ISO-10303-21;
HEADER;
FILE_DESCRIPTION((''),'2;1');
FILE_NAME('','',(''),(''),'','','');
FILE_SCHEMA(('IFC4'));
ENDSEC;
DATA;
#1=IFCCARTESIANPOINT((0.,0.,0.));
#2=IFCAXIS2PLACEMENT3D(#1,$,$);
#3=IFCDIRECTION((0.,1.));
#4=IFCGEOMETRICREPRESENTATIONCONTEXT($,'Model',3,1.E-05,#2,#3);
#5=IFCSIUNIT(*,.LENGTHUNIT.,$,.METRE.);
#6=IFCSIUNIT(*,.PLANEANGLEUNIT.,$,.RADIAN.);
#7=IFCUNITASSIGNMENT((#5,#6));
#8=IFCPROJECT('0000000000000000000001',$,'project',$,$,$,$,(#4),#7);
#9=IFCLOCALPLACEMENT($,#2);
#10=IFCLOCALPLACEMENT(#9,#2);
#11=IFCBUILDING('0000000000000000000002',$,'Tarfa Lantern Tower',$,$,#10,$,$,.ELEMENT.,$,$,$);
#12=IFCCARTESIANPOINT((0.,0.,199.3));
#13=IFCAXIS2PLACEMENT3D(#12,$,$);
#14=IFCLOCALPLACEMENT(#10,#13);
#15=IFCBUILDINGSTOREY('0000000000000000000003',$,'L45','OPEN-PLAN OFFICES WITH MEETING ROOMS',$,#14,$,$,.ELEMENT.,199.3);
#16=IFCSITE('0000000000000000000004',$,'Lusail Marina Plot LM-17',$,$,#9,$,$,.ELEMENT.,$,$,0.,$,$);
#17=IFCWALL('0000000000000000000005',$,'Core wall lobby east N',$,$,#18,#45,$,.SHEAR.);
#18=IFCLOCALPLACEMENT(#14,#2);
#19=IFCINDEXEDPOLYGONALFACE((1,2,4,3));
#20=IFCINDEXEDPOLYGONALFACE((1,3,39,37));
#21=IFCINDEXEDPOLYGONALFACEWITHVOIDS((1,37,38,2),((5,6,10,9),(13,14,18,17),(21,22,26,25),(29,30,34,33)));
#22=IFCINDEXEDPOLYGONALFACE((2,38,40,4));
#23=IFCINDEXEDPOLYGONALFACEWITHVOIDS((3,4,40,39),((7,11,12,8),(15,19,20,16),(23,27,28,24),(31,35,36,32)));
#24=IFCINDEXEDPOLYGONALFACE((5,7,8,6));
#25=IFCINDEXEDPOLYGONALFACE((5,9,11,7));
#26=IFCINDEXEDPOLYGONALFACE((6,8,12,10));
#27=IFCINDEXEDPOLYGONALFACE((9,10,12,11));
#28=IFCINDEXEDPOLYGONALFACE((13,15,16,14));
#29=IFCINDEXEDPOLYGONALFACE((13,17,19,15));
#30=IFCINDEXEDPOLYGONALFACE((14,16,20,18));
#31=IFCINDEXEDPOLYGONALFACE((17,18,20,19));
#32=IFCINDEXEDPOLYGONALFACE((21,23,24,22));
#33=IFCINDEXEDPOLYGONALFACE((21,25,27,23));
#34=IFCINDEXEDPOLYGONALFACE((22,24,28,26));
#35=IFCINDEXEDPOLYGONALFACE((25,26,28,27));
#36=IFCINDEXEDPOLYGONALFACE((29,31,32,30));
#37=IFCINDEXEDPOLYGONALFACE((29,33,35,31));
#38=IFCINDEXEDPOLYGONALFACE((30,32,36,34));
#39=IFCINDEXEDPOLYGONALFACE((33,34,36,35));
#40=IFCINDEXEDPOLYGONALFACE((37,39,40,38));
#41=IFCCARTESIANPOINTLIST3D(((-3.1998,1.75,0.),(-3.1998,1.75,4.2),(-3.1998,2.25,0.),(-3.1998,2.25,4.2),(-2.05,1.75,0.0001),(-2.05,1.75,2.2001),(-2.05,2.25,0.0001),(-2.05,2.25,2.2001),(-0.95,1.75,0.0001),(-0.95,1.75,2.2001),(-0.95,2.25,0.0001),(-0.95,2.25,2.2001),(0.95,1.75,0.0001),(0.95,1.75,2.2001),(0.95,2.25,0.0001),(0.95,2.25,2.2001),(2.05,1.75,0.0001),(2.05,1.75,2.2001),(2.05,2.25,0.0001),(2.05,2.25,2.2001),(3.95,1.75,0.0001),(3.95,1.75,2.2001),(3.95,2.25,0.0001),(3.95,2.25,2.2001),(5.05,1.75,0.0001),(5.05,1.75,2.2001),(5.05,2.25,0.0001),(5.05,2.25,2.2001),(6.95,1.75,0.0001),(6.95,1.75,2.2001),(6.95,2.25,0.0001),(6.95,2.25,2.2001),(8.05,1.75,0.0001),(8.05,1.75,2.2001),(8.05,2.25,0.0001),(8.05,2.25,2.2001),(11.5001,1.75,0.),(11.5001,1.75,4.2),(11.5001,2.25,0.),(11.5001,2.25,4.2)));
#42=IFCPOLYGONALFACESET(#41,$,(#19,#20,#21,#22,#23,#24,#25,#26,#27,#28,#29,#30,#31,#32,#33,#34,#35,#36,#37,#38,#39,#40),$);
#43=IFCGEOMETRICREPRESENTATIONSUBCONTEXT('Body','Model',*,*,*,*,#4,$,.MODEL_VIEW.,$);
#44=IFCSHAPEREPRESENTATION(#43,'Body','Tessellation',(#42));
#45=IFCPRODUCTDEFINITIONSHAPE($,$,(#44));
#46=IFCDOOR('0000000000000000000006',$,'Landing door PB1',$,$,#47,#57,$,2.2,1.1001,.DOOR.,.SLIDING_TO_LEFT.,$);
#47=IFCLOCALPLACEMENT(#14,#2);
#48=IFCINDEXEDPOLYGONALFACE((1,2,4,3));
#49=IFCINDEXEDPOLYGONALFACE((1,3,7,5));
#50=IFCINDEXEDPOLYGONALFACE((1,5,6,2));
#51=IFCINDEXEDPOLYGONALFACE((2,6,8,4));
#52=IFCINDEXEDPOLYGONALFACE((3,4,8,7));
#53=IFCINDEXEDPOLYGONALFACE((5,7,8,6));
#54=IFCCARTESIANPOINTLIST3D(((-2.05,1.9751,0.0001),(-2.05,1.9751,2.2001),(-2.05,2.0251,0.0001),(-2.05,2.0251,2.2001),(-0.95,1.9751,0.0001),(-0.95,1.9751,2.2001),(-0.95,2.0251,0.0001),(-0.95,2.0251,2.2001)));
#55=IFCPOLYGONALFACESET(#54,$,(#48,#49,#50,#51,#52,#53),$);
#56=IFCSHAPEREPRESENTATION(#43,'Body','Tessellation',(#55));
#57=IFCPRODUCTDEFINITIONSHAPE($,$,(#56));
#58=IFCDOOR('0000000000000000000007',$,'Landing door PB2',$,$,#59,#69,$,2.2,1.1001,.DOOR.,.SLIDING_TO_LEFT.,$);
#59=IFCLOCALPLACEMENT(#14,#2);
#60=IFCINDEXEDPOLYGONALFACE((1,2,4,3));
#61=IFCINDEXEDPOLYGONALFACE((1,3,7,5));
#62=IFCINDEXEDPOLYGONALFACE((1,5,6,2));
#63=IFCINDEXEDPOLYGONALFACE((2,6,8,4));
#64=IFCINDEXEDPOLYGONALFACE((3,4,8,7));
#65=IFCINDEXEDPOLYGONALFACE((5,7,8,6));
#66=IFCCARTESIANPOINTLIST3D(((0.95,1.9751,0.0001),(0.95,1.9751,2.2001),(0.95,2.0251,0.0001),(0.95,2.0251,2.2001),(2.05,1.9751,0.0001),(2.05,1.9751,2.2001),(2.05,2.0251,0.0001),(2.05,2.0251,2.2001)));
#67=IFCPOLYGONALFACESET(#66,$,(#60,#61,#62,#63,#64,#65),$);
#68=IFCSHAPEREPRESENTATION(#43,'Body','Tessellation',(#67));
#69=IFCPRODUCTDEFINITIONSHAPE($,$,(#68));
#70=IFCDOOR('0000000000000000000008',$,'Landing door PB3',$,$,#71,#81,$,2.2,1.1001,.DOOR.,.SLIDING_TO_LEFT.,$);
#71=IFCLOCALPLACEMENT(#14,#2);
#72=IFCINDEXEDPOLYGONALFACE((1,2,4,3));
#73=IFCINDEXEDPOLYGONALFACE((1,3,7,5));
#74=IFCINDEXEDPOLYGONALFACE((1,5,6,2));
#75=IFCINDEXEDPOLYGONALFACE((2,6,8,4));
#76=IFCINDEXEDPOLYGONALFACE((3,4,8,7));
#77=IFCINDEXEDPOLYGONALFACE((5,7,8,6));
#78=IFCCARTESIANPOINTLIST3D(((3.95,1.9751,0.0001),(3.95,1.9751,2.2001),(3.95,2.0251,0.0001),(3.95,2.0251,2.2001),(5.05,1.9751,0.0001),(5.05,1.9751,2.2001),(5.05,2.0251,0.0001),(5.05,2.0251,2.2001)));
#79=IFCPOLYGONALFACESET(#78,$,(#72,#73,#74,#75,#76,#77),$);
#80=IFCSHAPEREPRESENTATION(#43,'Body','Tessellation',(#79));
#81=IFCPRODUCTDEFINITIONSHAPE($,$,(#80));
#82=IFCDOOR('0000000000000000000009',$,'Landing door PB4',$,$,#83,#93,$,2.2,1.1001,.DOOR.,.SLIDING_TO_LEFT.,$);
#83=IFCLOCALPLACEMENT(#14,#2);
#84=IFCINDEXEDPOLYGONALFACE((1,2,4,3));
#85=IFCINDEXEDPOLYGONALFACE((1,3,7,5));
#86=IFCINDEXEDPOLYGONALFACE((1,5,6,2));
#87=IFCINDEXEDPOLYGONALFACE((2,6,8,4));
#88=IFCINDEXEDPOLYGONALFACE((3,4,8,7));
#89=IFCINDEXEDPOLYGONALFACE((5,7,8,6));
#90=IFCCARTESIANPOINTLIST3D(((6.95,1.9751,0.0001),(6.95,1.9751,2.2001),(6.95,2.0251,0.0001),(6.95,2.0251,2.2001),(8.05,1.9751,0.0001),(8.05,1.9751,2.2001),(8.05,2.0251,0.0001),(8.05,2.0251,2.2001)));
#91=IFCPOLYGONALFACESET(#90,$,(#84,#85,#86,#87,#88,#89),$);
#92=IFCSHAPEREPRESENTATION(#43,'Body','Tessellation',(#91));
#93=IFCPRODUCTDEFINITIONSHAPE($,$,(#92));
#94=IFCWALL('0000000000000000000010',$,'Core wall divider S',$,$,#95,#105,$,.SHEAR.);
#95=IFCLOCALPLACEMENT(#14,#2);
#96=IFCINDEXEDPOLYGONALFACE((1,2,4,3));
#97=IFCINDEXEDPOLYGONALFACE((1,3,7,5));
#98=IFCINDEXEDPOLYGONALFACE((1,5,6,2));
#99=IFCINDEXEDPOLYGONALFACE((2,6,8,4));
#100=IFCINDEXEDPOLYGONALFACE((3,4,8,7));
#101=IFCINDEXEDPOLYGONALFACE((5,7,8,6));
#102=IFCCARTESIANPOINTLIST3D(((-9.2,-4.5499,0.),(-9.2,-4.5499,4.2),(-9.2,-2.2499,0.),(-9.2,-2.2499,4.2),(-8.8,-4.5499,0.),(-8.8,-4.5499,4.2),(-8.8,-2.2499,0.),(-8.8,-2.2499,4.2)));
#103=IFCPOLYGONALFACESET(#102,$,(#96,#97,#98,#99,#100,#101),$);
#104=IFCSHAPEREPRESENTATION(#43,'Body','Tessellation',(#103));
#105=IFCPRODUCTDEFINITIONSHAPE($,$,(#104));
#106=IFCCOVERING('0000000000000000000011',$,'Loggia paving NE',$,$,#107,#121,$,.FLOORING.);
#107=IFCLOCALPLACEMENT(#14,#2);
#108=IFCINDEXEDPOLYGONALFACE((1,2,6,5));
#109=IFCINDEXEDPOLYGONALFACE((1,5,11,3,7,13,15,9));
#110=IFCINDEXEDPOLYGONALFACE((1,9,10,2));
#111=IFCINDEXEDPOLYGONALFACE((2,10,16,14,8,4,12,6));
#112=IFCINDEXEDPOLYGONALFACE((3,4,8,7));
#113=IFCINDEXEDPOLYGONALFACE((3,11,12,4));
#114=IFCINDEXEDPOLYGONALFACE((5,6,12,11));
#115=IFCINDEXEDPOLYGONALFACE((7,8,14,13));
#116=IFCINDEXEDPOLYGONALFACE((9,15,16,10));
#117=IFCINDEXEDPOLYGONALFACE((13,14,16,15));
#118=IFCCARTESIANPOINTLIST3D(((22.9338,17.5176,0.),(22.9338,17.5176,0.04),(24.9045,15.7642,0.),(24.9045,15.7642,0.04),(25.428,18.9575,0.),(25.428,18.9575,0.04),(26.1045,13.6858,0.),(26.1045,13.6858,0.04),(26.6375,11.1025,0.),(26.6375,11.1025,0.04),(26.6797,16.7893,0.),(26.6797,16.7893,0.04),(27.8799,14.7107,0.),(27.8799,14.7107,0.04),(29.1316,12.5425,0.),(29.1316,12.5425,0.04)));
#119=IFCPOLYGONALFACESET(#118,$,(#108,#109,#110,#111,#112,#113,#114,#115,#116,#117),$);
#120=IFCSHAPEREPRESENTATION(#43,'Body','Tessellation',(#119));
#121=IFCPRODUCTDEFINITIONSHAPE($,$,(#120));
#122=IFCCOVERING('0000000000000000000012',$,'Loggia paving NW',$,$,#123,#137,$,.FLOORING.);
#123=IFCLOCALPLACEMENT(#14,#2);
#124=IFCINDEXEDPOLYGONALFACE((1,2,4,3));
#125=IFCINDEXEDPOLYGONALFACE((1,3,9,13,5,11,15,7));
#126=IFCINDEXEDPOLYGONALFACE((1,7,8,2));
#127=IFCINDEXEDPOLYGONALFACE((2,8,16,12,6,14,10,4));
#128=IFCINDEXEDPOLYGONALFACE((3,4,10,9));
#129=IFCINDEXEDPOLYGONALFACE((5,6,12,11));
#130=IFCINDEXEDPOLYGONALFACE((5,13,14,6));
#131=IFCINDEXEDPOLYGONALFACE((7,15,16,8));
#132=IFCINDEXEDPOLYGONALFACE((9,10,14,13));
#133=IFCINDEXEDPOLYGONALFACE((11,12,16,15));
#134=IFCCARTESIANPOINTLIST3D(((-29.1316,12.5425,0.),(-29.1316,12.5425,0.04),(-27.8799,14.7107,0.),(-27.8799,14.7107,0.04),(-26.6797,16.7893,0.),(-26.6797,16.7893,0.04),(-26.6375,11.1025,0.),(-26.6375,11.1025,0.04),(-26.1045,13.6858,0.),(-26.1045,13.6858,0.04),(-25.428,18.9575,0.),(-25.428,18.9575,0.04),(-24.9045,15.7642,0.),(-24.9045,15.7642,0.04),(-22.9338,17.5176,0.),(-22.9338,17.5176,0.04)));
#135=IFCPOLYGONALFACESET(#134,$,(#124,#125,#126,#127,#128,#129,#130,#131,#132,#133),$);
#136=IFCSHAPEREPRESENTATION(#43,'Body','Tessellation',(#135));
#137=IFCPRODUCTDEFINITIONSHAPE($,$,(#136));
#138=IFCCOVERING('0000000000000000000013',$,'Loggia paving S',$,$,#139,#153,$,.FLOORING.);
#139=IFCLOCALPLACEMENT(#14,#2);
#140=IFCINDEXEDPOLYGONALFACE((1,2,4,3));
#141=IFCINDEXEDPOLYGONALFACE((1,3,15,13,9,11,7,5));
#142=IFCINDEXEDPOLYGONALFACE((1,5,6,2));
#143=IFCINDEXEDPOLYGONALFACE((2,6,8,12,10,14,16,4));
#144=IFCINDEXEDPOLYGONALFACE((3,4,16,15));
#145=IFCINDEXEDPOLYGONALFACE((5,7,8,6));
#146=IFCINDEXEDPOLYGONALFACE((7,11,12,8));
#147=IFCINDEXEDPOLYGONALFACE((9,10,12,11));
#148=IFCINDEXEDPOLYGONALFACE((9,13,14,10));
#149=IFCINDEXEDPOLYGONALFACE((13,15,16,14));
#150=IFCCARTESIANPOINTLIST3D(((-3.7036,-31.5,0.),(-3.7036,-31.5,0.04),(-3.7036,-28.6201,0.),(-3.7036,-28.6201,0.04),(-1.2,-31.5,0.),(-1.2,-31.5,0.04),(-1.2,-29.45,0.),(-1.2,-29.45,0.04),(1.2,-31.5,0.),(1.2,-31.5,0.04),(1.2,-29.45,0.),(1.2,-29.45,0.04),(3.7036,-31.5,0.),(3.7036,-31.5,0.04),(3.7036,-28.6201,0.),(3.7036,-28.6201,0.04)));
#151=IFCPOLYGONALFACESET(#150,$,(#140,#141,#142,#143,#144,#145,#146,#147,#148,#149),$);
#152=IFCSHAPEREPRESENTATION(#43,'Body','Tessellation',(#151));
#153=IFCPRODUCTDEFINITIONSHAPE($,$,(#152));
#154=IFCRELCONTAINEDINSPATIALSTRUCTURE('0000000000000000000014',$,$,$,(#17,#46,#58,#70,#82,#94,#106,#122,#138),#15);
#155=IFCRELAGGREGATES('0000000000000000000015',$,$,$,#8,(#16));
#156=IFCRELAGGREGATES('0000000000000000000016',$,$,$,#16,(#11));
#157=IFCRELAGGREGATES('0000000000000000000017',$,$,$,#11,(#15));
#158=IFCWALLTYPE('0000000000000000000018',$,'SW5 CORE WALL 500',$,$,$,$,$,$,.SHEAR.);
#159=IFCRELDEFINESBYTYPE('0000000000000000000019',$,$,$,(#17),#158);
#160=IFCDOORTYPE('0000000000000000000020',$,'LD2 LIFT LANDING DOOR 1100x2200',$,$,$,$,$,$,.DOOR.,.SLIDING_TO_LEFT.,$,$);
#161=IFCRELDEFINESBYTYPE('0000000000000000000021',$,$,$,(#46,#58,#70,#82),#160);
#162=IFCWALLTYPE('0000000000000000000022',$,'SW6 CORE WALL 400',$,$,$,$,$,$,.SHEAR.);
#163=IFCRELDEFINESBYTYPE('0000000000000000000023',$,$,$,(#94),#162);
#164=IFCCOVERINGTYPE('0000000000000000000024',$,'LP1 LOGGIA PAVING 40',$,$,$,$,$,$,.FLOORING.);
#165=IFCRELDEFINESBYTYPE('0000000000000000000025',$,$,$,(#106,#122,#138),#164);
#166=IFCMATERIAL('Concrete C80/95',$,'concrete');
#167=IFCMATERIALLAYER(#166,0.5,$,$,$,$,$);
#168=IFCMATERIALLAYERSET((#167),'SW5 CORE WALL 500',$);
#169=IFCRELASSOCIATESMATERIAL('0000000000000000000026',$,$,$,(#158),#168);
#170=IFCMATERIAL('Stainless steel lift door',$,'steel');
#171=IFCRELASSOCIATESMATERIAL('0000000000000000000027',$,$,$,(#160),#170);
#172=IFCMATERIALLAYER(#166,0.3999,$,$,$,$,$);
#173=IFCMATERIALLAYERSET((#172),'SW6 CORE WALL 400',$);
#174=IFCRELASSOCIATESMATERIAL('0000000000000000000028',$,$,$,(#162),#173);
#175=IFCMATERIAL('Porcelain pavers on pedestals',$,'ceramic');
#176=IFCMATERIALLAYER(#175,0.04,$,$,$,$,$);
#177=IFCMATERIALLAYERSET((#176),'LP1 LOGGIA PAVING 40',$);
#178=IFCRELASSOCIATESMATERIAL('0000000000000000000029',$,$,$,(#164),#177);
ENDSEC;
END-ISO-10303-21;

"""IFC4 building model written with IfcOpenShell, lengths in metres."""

from ifc_helpers import new_model, si_unit, direction, frame, frame_2d, origin, place, context, subcontext, project, spatial, polyline, rectangle, outline, extrude, material, layer, layer_set, type_object, element, fill, save


model = new_model("IFC4")

# Units and contexts
model_context = context("Model", 3, precision=1e-05, world=origin(), true_north=direction((0.0, 1.0)))
body_context = subcontext(model_context, "Body", "Model", "MODEL_VIEW")
ifc_project = project(units=[si_unit("LENGTHUNIT", "METRE"), si_unit("PLANEANGLEUNIT", "RADIAN")], contexts=[model_context])

# Site, building, storey
site_placement = place(None, origin())
site = spatial("IfcSite", under=ifc_project, at=site_placement, Name="Lusail Marina Plot LM-17", CompositionType="ELEMENT", RefElevation=0.0)
building_placement = place(site_placement, origin())
building = spatial("IfcBuilding", under=site, at=building_placement, Name="Tarfa Lantern Tower", CompositionType="ELEMENT")
storey_placement = place(building_placement, frame((0.0, 0.0, 199.3)))
storey = spatial("IfcBuildingStorey", under=building, at=storey_placement, Name="L45", Description="OPEN-PLAN OFFICES WITH MEETING ROOMS", CompositionType="ELEMENT", Elevation=199.3)

# Shared definitions
ifc_material_1 = material(Name="Concrete C80/95", Category="concrete")
ifc_layer_1 = layer(ifc_material_1, 0.5)
ifc_layer_set_1 = layer_set([ifc_layer_1], Name="SW5 CORE WALL 500")
wall_type_1 = type_object("IfcWallType", Name="SW5 CORE WALL 500", PredefinedType="SHEAR", material=ifc_layer_set_1)

# Wall, openings, doors
wall_1_placement = place(storey_placement, frame((-3.2, 2.0, 0.0), z_axis=(0.0, 0.0, 1.0), x_axis=(1.0, 0.0, 0.0)))
wall_1 = element("IfcWall", 1, at=wall_1_placement, inside=storey, type_object=wall_type_1, Name="Core wall lobby east N", PredefinedType="SHEAR", context=body_context, shape_type="SweptSolid", body=[
    extrude(rectangle(XDim=14.7, YDim=0.5, at=frame_2d((7.3501, 0.0))), origin(), (0.0, 0.0, 1.0), 4.2),
])
opening_1_placement = place(wall_1_placement, frame((1.1499, 0.0, 0.0)))
opening_1 = element("IfcOpeningElement", 2, at=opening_1_placement, cuts=wall_1, PredefinedType="OPENING", context=body_context, shape_type="SweptSolid", body=[
    extrude(rectangle(XDim=1.1001, YDim=2.2, at=frame_2d((0.55, 1.1001))), frame((0.0, 0.26, 0.0), z_axis=(0.0, -1.0, 0.0), x_axis=(1.0, 0.0, 0.0)), (0.0, 0.0, 1.0), 0.52),
])
opening_2_placement = place(wall_1_placement, frame((4.1499, 0.0, 0.0)))
opening_2 = element("IfcOpeningElement", 3, at=opening_2_placement, cuts=wall_1, PredefinedType="OPENING", context=body_context, shape_type="SweptSolid", body=[
    extrude(rectangle(XDim=1.1001, YDim=2.2, at=frame_2d((0.55, 1.1001))), frame((0.0, 0.26, 0.0), z_axis=(0.0, -1.0, 0.0), x_axis=(1.0, 0.0, 0.0)), (0.0, 0.0, 1.0), 0.52),
])
opening_3_placement = place(wall_1_placement, frame((7.1499, 0.0, 0.0)))
opening_3 = element("IfcOpeningElement", 4, at=opening_3_placement, cuts=wall_1, PredefinedType="OPENING", context=body_context, shape_type="SweptSolid", body=[
    extrude(rectangle(XDim=1.1001, YDim=2.2, at=frame_2d((0.55, 1.1001))), frame((0.0, 0.26, 0.0), z_axis=(0.0, -1.0, 0.0), x_axis=(1.0, 0.0, 0.0)), (0.0, 0.0, 1.0), 0.52),
])
opening_4_placement = place(wall_1_placement, frame((10.1499, 0.0, 0.0)))
opening_4 = element("IfcOpeningElement", 5, at=opening_4_placement, cuts=wall_1, PredefinedType="OPENING", context=body_context, shape_type="SweptSolid", body=[
    extrude(rectangle(XDim=1.1001, YDim=2.2, at=frame_2d((0.55, 1.1001))), frame((0.0, 0.26, 0.0), z_axis=(0.0, -1.0, 0.0), x_axis=(1.0, 0.0, 0.0)), (0.0, 0.0, 1.0), 0.52),
])
ifc_material_2 = material(Name="Stainless steel lift door", Category="steel")
door_type = type_object("IfcDoorType", Name="LD2 LIFT LANDING DOOR 1100x2200", OperationType="SLIDING_TO_LEFT", PredefinedType="DOOR", material=ifc_material_2)
door_1_placement = place(opening_1_placement, frame((1.1001, 0.0, 0.0), z_axis=(0.0, 0.0, 1.0), x_axis=(-1.0, 0.0, 0.0)))
door_1 = element("IfcDoor", 6, at=door_1_placement, inside=storey, type_object=door_type, Name="Landing door PB1", OperationType="SLIDING_TO_LEFT", OverallHeight=2.2, OverallWidth=1.1001, PredefinedType="DOOR", context=body_context, shape_type="SweptSolid", body=[
    extrude(rectangle(XDim=1.1001, YDim=2.2, at=frame_2d((0.55, 1.1001))), frame((0.0, 0.0249, 0.0), z_axis=(0.0, -1.0, 0.0), x_axis=(1.0, 0.0, 0.0)), (0.0, 0.0, 1.0), 0.05),
])
fill(opening_1, door_1)
door_2_placement = place(opening_2_placement, frame((1.1001, 0.0, 0.0), z_axis=(0.0, 0.0, 1.0), x_axis=(-1.0, 0.0, 0.0)))
door_2 = element("IfcDoor", 7, at=door_2_placement, inside=storey, type_object=door_type, Name="Landing door PB2", OperationType="SLIDING_TO_LEFT", OverallHeight=2.2, OverallWidth=1.1001, PredefinedType="DOOR", context=body_context, shape_type="SweptSolid", body=[
    extrude(rectangle(XDim=1.1001, YDim=2.2, at=frame_2d((0.55, 1.1001))), frame((0.0, 0.0249, 0.0), z_axis=(0.0, -1.0, 0.0), x_axis=(1.0, 0.0, 0.0)), (0.0, 0.0, 1.0), 0.05),
])
fill(opening_2, door_2)
door_3_placement = place(opening_3_placement, frame((1.1001, 0.0, 0.0), z_axis=(0.0, 0.0, 1.0), x_axis=(-1.0, 0.0, 0.0)))
door_3 = element("IfcDoor", 8, at=door_3_placement, inside=storey, type_object=door_type, Name="Landing door PB3", OperationType="SLIDING_TO_LEFT", OverallHeight=2.2, OverallWidth=1.1001, PredefinedType="DOOR", context=body_context, shape_type="SweptSolid", body=[
    extrude(rectangle(XDim=1.1001, YDim=2.2, at=frame_2d((0.55, 1.1001))), frame((0.0, 0.0249, 0.0), z_axis=(0.0, -1.0, 0.0), x_axis=(1.0, 0.0, 0.0)), (0.0, 0.0, 1.0), 0.05),
])
fill(opening_3, door_3)
door_4_placement = place(opening_4_placement, frame((1.1001, 0.0, 0.0), z_axis=(0.0, 0.0, 1.0), x_axis=(-1.0, 0.0, 0.0)))
door_4 = element("IfcDoor", 9, at=door_4_placement, inside=storey, type_object=door_type, Name="Landing door PB4", OperationType="SLIDING_TO_LEFT", OverallHeight=2.2, OverallWidth=1.1001, PredefinedType="DOOR", context=body_context, shape_type="SweptSolid", body=[
    extrude(rectangle(XDim=1.1001, YDim=2.2, at=frame_2d((0.55, 1.1001))), frame((0.0, 0.0249, 0.0), z_axis=(0.0, -1.0, 0.0), x_axis=(1.0, 0.0, 0.0)), (0.0, 0.0, 1.0), 0.05),
])
fill(opening_4, door_4)

# Wall
ifc_layer_2 = layer(ifc_material_1, 0.3999)
ifc_layer_set_2 = layer_set([ifc_layer_2], Name="SW6 CORE WALL 400")
wall_type_2 = type_object("IfcWallType", Name="SW6 CORE WALL 400", PredefinedType="SHEAR", material=ifc_layer_set_2)
wall_2_placement = place(storey_placement, frame((-9.0, -2.25, 0.0), z_axis=(0.0, 0.0, 1.0), x_axis=(0.0, -1.0, 0.0)))
element("IfcWall", 10, at=wall_2_placement, inside=storey, type_object=wall_type_2, Name="Core wall divider S", PredefinedType="SHEAR", context=body_context, shape_type="SweptSolid", body=[
    extrude(rectangle(XDim=2.3, YDim=0.3999, at=frame_2d((1.1499, 0.0))), origin(), (0.0, 0.0, 1.0), 4.2),
])

# Coverings
ifc_material_3 = material(Name="Porcelain pavers on pedestals", Category="ceramic")
ifc_layer_3 = layer(ifc_material_3, 0.04)
ifc_layer_set_3 = layer_set([ifc_layer_3], Name="LP1 LOGGIA PAVING 40")
covering_type = type_object("IfcCoveringType", Name="LP1 LOGGIA PAVING 40", PredefinedType="FLOORING", material=ifc_layer_set_3)
covering_1_placement = place(storey_placement, origin())
element("IfcCovering", 11, at=covering_1_placement, inside=storey, type_object=covering_type, Name="Loggia paving NE", PredefinedType="FLOORING", context=body_context, shape_type="SweptSolid", body=[
    extrude(outline(polyline([(29.1316, 12.5425), (26.6375, 11.1025), (22.9338, 17.5176), (25.428, 18.9575), (26.6797, 16.7893), (24.9045, 15.7642), (26.1045, 13.6858), (27.8799, 14.7107), (29.1316, 12.5425)])), origin(), (0.0, 0.0, 1.0), 0.04),
])
covering_2_placement = place(storey_placement, origin())
element("IfcCovering", 12, at=covering_2_placement, inside=storey, type_object=covering_type, Name="Loggia paving NW", PredefinedType="FLOORING", context=body_context, shape_type="SweptSolid", body=[
    extrude(outline(polyline([(-25.428, 18.9575), (-22.9338, 17.5176), (-26.6375, 11.1025), (-29.1316, 12.5425), (-27.8799, 14.7107), (-26.1045, 13.6858), (-24.9045, 15.7642), (-26.6797, 16.7893), (-25.428, 18.9575)])), origin(), (0.0, 0.0, 1.0), 0.04),
])
covering_3_placement = place(storey_placement, origin())
element("IfcCovering", 13, at=covering_3_placement, inside=storey, type_object=covering_type, Name="Loggia paving S", PredefinedType="FLOORING", context=body_context, shape_type="SweptSolid", body=[
    extrude(outline(polyline([(-3.7036, -31.5), (-3.7036, -28.6201), (3.7036, -28.6201), (3.7036, -31.5), (1.2, -31.5), (1.2, -29.45), (-1.2, -29.45), (-1.2, -31.5), (-3.7036, -31.5)])), origin(), (0.0, 0.0, 1.0), 0.04),
])

save(model, "model.ifc")
